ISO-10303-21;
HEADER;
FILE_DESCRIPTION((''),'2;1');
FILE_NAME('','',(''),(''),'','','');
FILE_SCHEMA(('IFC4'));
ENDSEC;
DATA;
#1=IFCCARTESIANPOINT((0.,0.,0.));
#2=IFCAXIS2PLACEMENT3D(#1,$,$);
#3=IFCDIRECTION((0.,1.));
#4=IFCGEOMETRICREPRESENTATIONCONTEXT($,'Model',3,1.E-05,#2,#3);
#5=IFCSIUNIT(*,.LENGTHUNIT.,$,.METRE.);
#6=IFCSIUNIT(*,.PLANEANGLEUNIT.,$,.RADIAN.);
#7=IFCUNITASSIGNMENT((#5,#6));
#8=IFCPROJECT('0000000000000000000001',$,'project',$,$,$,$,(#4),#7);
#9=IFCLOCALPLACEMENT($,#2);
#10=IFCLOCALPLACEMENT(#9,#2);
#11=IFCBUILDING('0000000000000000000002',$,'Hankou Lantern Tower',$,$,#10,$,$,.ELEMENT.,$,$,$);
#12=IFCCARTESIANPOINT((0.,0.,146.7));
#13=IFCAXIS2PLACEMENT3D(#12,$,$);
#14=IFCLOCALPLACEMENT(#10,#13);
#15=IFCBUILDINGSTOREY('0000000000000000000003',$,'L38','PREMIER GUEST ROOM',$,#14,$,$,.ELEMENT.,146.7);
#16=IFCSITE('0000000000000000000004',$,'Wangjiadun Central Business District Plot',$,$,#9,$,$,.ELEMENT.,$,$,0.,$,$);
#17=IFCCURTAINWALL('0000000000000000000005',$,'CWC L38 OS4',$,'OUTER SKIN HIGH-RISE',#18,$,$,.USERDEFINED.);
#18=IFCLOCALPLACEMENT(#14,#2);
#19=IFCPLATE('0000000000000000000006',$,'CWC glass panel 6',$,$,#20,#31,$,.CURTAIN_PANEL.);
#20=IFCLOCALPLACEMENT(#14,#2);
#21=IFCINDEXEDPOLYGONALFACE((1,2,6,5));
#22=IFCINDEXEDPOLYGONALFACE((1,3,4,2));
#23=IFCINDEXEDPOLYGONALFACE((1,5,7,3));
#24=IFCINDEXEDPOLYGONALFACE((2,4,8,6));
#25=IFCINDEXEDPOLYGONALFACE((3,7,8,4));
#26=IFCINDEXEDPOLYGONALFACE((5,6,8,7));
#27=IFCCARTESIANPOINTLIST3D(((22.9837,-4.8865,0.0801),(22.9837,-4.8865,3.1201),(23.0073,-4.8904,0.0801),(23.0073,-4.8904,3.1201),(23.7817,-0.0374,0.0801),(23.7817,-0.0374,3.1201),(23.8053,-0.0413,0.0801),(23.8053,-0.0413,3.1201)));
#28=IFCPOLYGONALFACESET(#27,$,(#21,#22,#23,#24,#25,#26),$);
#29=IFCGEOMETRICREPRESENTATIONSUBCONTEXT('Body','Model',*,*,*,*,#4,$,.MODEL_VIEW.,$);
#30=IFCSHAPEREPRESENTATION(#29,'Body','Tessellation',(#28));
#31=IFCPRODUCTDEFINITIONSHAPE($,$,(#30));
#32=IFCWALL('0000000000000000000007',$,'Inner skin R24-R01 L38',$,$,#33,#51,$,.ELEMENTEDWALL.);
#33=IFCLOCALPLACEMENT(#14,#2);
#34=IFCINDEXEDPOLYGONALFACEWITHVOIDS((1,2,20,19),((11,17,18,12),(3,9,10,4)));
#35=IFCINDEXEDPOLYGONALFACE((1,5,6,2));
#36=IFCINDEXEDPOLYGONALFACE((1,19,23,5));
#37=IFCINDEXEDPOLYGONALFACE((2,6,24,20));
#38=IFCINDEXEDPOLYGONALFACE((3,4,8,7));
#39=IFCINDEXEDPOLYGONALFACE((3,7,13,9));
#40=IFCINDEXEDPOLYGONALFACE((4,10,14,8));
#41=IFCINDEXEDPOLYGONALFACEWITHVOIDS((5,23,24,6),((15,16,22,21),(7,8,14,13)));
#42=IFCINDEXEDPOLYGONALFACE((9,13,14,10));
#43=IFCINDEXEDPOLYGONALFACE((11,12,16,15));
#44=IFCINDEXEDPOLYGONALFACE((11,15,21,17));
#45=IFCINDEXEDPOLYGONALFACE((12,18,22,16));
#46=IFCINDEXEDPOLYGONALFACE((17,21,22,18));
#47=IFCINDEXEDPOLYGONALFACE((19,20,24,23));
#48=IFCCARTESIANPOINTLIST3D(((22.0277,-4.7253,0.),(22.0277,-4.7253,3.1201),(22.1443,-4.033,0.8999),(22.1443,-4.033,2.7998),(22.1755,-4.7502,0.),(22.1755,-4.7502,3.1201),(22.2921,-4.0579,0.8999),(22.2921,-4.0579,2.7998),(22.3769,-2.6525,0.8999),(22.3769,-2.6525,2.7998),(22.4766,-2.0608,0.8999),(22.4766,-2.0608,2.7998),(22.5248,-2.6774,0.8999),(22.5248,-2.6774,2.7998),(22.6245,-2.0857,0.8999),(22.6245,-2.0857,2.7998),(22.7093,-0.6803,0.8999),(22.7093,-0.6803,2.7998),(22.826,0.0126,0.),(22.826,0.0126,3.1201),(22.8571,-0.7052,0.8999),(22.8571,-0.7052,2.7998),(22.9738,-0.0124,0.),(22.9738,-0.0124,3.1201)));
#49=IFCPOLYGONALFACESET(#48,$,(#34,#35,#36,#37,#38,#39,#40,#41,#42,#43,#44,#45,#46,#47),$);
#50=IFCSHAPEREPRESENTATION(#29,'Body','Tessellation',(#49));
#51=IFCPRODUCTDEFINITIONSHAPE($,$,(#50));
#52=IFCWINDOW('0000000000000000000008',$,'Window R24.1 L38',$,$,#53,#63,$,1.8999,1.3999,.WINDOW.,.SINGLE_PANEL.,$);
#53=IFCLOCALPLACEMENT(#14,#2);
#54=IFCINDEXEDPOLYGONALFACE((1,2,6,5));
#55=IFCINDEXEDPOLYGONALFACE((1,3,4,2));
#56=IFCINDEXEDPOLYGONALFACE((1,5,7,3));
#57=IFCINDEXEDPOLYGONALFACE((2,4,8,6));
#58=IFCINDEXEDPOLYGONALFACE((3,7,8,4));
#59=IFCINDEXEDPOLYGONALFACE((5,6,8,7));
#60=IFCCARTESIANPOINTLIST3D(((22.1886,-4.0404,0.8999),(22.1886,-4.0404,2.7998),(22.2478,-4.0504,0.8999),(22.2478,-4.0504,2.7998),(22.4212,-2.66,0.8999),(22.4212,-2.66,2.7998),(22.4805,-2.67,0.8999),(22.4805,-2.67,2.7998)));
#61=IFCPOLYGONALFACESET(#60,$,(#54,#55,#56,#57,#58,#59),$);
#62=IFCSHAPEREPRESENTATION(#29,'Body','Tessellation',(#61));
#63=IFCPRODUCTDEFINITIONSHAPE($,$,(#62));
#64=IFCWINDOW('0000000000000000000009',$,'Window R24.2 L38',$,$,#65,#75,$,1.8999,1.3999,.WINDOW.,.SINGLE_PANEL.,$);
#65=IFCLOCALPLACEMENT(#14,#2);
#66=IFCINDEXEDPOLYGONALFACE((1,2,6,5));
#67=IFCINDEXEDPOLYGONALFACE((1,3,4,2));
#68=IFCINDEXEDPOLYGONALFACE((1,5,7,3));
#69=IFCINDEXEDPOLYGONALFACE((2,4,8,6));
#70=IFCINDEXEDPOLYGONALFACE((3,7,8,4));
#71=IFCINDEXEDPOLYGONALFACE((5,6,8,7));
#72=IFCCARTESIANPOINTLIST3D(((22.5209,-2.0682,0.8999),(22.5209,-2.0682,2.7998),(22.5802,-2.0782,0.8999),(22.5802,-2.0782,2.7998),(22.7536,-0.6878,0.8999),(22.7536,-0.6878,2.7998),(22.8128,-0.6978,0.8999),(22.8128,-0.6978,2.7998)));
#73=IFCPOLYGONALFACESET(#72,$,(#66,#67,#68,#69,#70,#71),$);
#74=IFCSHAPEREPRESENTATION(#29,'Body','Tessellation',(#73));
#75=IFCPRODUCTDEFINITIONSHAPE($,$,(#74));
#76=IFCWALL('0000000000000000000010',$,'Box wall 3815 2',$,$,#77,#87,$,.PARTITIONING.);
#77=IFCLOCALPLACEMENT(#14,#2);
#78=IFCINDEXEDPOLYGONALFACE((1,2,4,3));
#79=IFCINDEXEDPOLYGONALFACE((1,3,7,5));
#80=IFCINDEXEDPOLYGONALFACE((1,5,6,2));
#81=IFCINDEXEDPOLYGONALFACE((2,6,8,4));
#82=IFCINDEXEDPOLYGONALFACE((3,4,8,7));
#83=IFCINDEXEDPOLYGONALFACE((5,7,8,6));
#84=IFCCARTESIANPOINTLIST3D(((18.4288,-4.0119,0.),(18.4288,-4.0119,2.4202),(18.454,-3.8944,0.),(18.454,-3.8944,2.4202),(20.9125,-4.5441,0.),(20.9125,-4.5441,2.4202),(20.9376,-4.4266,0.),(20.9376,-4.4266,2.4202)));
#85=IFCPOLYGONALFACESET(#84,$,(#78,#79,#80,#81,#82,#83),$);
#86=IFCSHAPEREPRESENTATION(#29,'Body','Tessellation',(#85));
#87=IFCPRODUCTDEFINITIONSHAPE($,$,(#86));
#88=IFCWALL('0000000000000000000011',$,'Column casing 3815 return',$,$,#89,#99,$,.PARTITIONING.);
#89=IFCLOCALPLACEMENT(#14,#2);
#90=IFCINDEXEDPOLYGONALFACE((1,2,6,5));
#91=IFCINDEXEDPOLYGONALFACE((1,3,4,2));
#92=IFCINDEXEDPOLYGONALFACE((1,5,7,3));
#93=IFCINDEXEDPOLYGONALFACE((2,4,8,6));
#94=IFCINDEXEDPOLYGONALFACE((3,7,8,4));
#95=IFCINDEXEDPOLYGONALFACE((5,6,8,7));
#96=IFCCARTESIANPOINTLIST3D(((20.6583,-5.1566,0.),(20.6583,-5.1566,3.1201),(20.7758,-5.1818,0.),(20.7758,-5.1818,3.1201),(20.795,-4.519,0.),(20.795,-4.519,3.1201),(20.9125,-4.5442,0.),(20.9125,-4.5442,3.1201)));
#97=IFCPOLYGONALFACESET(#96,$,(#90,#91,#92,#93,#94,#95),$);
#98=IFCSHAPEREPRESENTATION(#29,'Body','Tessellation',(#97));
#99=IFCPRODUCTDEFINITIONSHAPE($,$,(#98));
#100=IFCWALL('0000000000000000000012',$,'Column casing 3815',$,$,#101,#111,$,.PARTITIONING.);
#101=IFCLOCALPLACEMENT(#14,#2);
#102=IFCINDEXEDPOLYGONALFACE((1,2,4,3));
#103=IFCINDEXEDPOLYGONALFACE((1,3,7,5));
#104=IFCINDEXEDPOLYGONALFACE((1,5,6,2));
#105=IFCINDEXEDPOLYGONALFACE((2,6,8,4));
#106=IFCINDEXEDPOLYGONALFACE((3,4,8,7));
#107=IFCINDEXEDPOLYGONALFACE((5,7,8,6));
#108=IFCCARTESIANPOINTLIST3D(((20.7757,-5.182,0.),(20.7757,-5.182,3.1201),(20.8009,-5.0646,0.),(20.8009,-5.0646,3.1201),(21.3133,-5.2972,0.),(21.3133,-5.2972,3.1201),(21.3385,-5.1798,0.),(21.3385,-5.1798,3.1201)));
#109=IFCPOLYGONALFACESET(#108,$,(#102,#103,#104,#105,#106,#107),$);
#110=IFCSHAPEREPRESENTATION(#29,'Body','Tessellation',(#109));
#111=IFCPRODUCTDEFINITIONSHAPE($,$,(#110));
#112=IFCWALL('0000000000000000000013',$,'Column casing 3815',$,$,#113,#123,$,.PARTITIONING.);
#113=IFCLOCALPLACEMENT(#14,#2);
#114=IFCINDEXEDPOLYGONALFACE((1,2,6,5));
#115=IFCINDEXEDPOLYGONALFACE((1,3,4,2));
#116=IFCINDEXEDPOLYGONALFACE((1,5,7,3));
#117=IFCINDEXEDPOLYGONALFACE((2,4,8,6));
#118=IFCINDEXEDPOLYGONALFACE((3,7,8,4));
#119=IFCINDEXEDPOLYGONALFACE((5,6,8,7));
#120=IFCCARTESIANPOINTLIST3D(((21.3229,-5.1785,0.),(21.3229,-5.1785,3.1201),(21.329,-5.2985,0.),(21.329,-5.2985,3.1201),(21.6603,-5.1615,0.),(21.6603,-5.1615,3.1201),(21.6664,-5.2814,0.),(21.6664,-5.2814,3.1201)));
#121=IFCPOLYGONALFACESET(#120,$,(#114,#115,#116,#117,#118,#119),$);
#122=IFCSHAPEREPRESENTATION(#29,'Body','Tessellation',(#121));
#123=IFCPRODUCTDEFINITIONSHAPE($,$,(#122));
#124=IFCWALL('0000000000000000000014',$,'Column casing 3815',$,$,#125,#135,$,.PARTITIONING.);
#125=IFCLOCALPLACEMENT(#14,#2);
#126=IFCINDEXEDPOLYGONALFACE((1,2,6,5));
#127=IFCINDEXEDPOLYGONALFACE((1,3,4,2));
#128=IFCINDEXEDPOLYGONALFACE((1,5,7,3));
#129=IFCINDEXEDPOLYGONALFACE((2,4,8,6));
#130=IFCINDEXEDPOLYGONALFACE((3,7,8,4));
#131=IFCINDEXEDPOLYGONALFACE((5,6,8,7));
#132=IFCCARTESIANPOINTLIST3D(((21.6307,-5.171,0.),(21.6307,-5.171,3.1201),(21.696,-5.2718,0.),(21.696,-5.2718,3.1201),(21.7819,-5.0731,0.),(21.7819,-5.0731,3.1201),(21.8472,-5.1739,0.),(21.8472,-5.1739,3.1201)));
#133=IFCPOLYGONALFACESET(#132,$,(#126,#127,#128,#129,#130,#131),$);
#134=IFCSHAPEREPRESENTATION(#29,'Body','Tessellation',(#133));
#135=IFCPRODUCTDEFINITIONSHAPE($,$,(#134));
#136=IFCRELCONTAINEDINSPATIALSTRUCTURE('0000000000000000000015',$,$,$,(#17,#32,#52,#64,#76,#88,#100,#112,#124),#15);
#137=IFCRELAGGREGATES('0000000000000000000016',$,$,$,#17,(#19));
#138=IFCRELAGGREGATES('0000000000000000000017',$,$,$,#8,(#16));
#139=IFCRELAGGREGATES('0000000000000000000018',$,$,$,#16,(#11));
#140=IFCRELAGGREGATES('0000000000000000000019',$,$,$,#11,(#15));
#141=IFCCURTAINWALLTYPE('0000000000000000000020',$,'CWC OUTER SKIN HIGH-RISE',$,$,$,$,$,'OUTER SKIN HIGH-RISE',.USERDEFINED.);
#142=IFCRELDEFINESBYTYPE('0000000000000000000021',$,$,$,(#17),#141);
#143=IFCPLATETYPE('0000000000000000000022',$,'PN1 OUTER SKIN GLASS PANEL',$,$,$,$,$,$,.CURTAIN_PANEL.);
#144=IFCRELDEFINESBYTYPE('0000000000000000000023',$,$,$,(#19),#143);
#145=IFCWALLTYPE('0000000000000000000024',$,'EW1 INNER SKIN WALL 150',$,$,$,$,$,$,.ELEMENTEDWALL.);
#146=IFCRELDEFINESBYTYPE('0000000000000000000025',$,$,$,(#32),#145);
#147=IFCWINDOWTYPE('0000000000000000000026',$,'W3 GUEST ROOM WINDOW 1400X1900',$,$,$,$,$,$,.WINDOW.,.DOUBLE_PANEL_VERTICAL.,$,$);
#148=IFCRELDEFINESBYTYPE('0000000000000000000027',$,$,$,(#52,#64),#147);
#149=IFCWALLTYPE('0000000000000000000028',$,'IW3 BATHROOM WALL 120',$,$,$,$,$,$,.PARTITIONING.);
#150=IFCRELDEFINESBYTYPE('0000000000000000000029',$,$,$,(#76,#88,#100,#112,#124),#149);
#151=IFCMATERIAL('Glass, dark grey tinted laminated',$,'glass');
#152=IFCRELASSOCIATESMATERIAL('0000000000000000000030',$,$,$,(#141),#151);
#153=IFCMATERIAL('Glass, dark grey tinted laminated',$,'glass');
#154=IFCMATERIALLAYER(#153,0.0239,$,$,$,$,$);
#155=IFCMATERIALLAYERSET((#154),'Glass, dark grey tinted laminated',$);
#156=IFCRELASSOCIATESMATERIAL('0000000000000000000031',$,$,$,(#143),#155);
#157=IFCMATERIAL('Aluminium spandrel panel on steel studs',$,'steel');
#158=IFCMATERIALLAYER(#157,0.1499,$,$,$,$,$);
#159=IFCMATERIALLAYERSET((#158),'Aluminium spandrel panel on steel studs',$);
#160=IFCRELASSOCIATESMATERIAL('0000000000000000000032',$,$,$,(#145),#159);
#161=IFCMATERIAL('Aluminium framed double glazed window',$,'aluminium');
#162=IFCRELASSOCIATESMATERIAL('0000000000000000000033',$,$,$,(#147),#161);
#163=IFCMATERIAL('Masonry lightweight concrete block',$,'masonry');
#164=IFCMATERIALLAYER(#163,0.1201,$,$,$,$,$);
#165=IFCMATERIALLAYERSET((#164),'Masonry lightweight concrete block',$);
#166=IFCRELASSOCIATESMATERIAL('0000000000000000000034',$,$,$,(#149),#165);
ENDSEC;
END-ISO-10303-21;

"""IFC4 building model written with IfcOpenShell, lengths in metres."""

from ifc_helpers import new_model, si_unit, direction, frame, frame_2d, origin, origin_2d, place, context, subcontext, project, spatial, rectangle, extrude, material, layer, layer_set, type_object, element, fill, aggregate, save


model = new_model("IFC4")

# Units and contexts
model_context = context("Model", 3, precision=1e-05, world=origin(), true_north=direction((0.0, 1.0)))
body_context = subcontext(model_context, "Body", "Model", "MODEL_VIEW")
ifc_project = project(units=[si_unit("LENGTHUNIT", "METRE"), si_unit("PLANEANGLEUNIT", "RADIAN")], contexts=[model_context])

# Site, building, storey
site_placement = place(None, origin())
site = spatial("IfcSite", under=ifc_project, at=site_placement, Name="Wangjiadun Central Business District Plot", CompositionType="ELEMENT", RefElevation=0.0)
building_placement = place(site_placement, origin())
building = spatial("IfcBuilding", under=site, at=building_placement, Name="Hankou Lantern Tower", CompositionType="ELEMENT")
storey_placement = place(building_placement, frame((0.0, 0.0, 146.7)))
storey = spatial("IfcBuildingStorey", under=building, at=storey_placement, Name="L38", Description="PREMIER GUEST ROOM", CompositionType="ELEMENT", Elevation=146.7)

# Curtain wall, plate
ifc_material_1 = material(Name="Glass, dark grey tinted laminated", Category="glass")
curtain_wall_type = type_object("IfcCurtainWallType", Name="CWC OUTER SKIN HIGH-RISE", ElementType="OUTER SKIN HIGH-RISE", PredefinedType="USERDEFINED", material=ifc_material_1)
curtain_wall_placement = place(storey_placement, origin())
curtain_wall = element("IfcCurtainWall", 1, at=curtain_wall_placement, inside=storey, type_object=curtain_wall_type, Name="CWC L38 OS4", ObjectType="OUTER SKIN HIGH-RISE", PredefinedType="USERDEFINED")
ifc_material_2 = material(Name="Glass, dark grey tinted laminated", Category="glass")
ifc_layer_1 = layer(ifc_material_2, 0.0239)
ifc_layer_set_1 = layer_set([ifc_layer_1], Name="Glass, dark grey tinted laminated")
plate_type = type_object("IfcPlateType", Name="PN1 OUTER SKIN GLASS PANEL", PredefinedType="CURTAIN_PANEL", material=ifc_layer_set_1)
plate_1_placement = place(storey_placement, frame((23.3945, -2.4639, 0.0801), z_axis=(0.0, 0.0, 1.0), x_axis=(0.162382, 0.986728, 0.0)))
plate_1 = element("IfcPlate", 2, at=plate_1_placement, type_object=plate_type, Name="CWC glass panel 6", PredefinedType="CURTAIN_PANEL", context=body_context, shape_type="SweptSolid", body=[
    extrude(rectangle(XDim=4.9143, YDim=0.0239, at=origin_2d()), origin(), (0.0, 0.0, 1.0), 3.04),
])
aggregate(curtain_wall, [plate_1])

# Wall, openings, windows
ifc_material_3 = material(Name="Aluminium spandrel panel on steel studs", Category="steel")
ifc_layer_2 = layer(ifc_material_3, 0.1499)
ifc_layer_set_2 = layer_set([ifc_layer_2], Name="Aluminium spandrel panel on steel studs")
wall_type_1 = type_object("IfcWallType", Name="EW1 INNER SKIN WALL 150", PredefinedType="ELEMENTEDWALL", material=ifc_layer_set_2)
wall_1_placement = place(storey_placement, frame((22.1016, -4.7378, 0.0), z_axis=(0.0, 0.0, 1.0), x_axis=(0.166162, 0.986098, 0.0)))
wall_1 = element("IfcWall", 3, at=wall_1_placement, inside=storey, type_object=wall_type_1, Name="Inner skin R24-R01 L38", PredefinedType="ELEMENTEDWALL", context=body_context, shape_type="SweptSolid", body=[
    extrude(rectangle(XDim=4.8047, YDim=0.1499, at=frame_2d((2.4023, 0.0))), origin(), (0.0, 0.0, 1.0), 3.1201),
])
opening_1_placement = place(wall_1_placement, frame((0.7021, 0.0, 0.8999)))
opening_1 = element("IfcOpeningElement", 4, at=opening_1_placement, cuts=wall_1, PredefinedType="OPENING", context=body_context, shape_type="SweptSolid", body=[
    extrude(rectangle(XDim=1.3999, YDim=1.8999, at=frame_2d((0.7, 0.95))), frame((0.0, 0.085, 0.0), z_axis=(0.0, -1.0, 0.0), x_axis=(1.0, 0.0, 0.0)), (0.0, 0.0, 1.0), 0.1699),
])
opening_2_placement = place(wall_1_placement, frame((2.7021, 0.0, 0.8999)))
opening_2 = element("IfcOpeningElement", 5, at=opening_2_placement, cuts=wall_1, PredefinedType="OPENING", context=body_context, shape_type="SweptSolid", body=[
    extrude(rectangle(XDim=1.3999, YDim=1.8999, at=frame_2d((0.7, 0.95))), frame((0.0, 0.085, 0.0), z_axis=(0.0, -1.0, 0.0), x_axis=(1.0, 0.0, 0.0)), (0.0, 0.0, 1.0), 0.1699),
])
ifc_material_4 = material(Name="Aluminium framed double glazed window", Category="aluminium")
window_type = type_object("IfcWindowType", Name="W3 GUEST ROOM WINDOW 1400X1900", PartitioningType="DOUBLE_PANEL_VERTICAL", PredefinedType="WINDOW", material=ifc_material_4)
window_1_placement = place(opening_1_placement, origin())
window_1 = element("IfcWindow", 6, at=window_1_placement, inside=storey, type_object=window_type, Name="Window R24.1 L38", OverallHeight=1.8999, OverallWidth=1.3999, PartitioningType="SINGLE_PANEL", PredefinedType="WINDOW", context=body_context, shape_type="SweptSolid", body=[
    extrude(rectangle(XDim=1.3999, YDim=1.8999, at=frame_2d((0.7, 0.95))), frame((0.0, 0.03, 0.0), z_axis=(0.0, -1.0, 0.0), x_axis=(1.0, 0.0, 0.0)), (0.0, 0.0, 1.0), 0.0601),
])
fill(opening_1, window_1)
window_2_placement = place(opening_2_placement, origin())
window_2 = element("IfcWindow", 7, at=window_2_placement, inside=storey, type_object=window_type, Name="Window R24.2 L38", OverallHeight=1.8999, OverallWidth=1.3999, PartitioningType="SINGLE_PANEL", PredefinedType="WINDOW", context=body_context, shape_type="SweptSolid", body=[
    extrude(rectangle(XDim=1.3999, YDim=1.8999, at=frame_2d((0.7, 0.95))), frame((0.0, 0.03, 0.0), z_axis=(0.0, -1.0, 0.0), x_axis=(1.0, 0.0, 0.0)), (0.0, 0.0, 1.0), 0.0601),
])
fill(opening_2, window_2)

# Walls
ifc_material_5 = material(Name="Masonry lightweight concrete block", Category="masonry")
ifc_layer_3 = layer(ifc_material_5, 0.1201)
ifc_layer_set_3 = layer_set([ifc_layer_3], Name="Masonry lightweight concrete block")
wall_type_2 = type_object("IfcWallType", Name="IW3 BATHROOM WALL 120", PredefinedType="PARTITIONING", material=ifc_layer_set_3)
wall_2_placement = place(storey_placement, frame((18.4414, -3.9531, 0.0), z_axis=(0.0, 0.0, 1.0), x_axis=(0.977801, -0.209536, 0.0)))
element("IfcWall", 8, at=wall_2_placement, inside=storey, type_object=wall_type_2, Name="Box wall 3815 2", PredefinedType="PARTITIONING", context=body_context, shape_type="SweptSolid", body=[
    extrude(rectangle(XDim=2.54, YDim=0.1201, at=frame_2d((1.27, 0.0))), origin(), (0.0, 0.0, 1.0), 2.4202),
])
wall_3_placement = place(storey_placement, frame((20.8538, -4.5315, 0.0), z_axis=(0.0, 0.0, 1.0), x_axis=(-0.209631, -0.97778, 0.0)))
element("IfcWall", 9, at=wall_3_placement, inside=storey, type_object=wall_type_2, Name="Column casing 3815 return", PredefinedType="PARTITIONING", context=body_context, shape_type="SweptSolid", body=[
    extrude(rectangle(XDim=0.6521, YDim=0.1201, at=frame_2d((0.3262, 0.0))), origin(), (0.0, 0.0, 1.0), 3.1201),
])
wall_4_placement = place(storey_placement, frame((20.7883, -5.1233, 0.0), z_axis=(0.0, 0.0, 1.0), x_axis=(0.977789, -0.20959, 0.0)))
element("IfcWall", 10, at=wall_4_placement, inside=storey, type_object=wall_type_2, Name="Column casing 3815", PredefinedType="PARTITIONING", context=body_context, shape_type="SweptSolid", body=[
    extrude(rectangle(XDim=0.5498, YDim=0.1201, at=frame_2d((0.2749, 0.0))), origin(), (0.0, 0.0, 1.0), 3.1201),
])
wall_5_placement = place(storey_placement, frame((21.3259, -5.2385, 0.0), z_axis=(0.0, 0.0, 1.0), x_axis=(0.99872, 0.050586, 0.0)))
element("IfcWall", 11, at=wall_5_placement, inside=storey, type_object=wall_type_2, Name="Column casing 3815", PredefinedType="PARTITIONING", context=body_context, shape_type="SweptSolid", body=[
    extrude(rectangle(XDim=0.3379, YDim=0.1201, at=frame_2d((0.1689, 0.0))), origin(), (0.0, 0.0, 1.0), 3.1201),
])
wall_6_placement = place(storey_placement, frame((21.6633, -5.2214, 0.0), z_axis=(0.0, 0.0, 1.0), x_axis=(0.839279, 0.543701, 0.0)))
element("IfcWall", 12, at=wall_6_placement, inside=storey, type_object=wall_type_2, Name="Column casing 3815", PredefinedType="PARTITIONING", context=body_context, shape_type="SweptSolid", body=[
    extrude(rectangle(XDim=0.1802, YDim=0.1201, at=frame_2d((0.0901, 0.0))), origin(), (0.0, 0.0, 1.0), 3.1201),
])

save(model, "model.ifc")
